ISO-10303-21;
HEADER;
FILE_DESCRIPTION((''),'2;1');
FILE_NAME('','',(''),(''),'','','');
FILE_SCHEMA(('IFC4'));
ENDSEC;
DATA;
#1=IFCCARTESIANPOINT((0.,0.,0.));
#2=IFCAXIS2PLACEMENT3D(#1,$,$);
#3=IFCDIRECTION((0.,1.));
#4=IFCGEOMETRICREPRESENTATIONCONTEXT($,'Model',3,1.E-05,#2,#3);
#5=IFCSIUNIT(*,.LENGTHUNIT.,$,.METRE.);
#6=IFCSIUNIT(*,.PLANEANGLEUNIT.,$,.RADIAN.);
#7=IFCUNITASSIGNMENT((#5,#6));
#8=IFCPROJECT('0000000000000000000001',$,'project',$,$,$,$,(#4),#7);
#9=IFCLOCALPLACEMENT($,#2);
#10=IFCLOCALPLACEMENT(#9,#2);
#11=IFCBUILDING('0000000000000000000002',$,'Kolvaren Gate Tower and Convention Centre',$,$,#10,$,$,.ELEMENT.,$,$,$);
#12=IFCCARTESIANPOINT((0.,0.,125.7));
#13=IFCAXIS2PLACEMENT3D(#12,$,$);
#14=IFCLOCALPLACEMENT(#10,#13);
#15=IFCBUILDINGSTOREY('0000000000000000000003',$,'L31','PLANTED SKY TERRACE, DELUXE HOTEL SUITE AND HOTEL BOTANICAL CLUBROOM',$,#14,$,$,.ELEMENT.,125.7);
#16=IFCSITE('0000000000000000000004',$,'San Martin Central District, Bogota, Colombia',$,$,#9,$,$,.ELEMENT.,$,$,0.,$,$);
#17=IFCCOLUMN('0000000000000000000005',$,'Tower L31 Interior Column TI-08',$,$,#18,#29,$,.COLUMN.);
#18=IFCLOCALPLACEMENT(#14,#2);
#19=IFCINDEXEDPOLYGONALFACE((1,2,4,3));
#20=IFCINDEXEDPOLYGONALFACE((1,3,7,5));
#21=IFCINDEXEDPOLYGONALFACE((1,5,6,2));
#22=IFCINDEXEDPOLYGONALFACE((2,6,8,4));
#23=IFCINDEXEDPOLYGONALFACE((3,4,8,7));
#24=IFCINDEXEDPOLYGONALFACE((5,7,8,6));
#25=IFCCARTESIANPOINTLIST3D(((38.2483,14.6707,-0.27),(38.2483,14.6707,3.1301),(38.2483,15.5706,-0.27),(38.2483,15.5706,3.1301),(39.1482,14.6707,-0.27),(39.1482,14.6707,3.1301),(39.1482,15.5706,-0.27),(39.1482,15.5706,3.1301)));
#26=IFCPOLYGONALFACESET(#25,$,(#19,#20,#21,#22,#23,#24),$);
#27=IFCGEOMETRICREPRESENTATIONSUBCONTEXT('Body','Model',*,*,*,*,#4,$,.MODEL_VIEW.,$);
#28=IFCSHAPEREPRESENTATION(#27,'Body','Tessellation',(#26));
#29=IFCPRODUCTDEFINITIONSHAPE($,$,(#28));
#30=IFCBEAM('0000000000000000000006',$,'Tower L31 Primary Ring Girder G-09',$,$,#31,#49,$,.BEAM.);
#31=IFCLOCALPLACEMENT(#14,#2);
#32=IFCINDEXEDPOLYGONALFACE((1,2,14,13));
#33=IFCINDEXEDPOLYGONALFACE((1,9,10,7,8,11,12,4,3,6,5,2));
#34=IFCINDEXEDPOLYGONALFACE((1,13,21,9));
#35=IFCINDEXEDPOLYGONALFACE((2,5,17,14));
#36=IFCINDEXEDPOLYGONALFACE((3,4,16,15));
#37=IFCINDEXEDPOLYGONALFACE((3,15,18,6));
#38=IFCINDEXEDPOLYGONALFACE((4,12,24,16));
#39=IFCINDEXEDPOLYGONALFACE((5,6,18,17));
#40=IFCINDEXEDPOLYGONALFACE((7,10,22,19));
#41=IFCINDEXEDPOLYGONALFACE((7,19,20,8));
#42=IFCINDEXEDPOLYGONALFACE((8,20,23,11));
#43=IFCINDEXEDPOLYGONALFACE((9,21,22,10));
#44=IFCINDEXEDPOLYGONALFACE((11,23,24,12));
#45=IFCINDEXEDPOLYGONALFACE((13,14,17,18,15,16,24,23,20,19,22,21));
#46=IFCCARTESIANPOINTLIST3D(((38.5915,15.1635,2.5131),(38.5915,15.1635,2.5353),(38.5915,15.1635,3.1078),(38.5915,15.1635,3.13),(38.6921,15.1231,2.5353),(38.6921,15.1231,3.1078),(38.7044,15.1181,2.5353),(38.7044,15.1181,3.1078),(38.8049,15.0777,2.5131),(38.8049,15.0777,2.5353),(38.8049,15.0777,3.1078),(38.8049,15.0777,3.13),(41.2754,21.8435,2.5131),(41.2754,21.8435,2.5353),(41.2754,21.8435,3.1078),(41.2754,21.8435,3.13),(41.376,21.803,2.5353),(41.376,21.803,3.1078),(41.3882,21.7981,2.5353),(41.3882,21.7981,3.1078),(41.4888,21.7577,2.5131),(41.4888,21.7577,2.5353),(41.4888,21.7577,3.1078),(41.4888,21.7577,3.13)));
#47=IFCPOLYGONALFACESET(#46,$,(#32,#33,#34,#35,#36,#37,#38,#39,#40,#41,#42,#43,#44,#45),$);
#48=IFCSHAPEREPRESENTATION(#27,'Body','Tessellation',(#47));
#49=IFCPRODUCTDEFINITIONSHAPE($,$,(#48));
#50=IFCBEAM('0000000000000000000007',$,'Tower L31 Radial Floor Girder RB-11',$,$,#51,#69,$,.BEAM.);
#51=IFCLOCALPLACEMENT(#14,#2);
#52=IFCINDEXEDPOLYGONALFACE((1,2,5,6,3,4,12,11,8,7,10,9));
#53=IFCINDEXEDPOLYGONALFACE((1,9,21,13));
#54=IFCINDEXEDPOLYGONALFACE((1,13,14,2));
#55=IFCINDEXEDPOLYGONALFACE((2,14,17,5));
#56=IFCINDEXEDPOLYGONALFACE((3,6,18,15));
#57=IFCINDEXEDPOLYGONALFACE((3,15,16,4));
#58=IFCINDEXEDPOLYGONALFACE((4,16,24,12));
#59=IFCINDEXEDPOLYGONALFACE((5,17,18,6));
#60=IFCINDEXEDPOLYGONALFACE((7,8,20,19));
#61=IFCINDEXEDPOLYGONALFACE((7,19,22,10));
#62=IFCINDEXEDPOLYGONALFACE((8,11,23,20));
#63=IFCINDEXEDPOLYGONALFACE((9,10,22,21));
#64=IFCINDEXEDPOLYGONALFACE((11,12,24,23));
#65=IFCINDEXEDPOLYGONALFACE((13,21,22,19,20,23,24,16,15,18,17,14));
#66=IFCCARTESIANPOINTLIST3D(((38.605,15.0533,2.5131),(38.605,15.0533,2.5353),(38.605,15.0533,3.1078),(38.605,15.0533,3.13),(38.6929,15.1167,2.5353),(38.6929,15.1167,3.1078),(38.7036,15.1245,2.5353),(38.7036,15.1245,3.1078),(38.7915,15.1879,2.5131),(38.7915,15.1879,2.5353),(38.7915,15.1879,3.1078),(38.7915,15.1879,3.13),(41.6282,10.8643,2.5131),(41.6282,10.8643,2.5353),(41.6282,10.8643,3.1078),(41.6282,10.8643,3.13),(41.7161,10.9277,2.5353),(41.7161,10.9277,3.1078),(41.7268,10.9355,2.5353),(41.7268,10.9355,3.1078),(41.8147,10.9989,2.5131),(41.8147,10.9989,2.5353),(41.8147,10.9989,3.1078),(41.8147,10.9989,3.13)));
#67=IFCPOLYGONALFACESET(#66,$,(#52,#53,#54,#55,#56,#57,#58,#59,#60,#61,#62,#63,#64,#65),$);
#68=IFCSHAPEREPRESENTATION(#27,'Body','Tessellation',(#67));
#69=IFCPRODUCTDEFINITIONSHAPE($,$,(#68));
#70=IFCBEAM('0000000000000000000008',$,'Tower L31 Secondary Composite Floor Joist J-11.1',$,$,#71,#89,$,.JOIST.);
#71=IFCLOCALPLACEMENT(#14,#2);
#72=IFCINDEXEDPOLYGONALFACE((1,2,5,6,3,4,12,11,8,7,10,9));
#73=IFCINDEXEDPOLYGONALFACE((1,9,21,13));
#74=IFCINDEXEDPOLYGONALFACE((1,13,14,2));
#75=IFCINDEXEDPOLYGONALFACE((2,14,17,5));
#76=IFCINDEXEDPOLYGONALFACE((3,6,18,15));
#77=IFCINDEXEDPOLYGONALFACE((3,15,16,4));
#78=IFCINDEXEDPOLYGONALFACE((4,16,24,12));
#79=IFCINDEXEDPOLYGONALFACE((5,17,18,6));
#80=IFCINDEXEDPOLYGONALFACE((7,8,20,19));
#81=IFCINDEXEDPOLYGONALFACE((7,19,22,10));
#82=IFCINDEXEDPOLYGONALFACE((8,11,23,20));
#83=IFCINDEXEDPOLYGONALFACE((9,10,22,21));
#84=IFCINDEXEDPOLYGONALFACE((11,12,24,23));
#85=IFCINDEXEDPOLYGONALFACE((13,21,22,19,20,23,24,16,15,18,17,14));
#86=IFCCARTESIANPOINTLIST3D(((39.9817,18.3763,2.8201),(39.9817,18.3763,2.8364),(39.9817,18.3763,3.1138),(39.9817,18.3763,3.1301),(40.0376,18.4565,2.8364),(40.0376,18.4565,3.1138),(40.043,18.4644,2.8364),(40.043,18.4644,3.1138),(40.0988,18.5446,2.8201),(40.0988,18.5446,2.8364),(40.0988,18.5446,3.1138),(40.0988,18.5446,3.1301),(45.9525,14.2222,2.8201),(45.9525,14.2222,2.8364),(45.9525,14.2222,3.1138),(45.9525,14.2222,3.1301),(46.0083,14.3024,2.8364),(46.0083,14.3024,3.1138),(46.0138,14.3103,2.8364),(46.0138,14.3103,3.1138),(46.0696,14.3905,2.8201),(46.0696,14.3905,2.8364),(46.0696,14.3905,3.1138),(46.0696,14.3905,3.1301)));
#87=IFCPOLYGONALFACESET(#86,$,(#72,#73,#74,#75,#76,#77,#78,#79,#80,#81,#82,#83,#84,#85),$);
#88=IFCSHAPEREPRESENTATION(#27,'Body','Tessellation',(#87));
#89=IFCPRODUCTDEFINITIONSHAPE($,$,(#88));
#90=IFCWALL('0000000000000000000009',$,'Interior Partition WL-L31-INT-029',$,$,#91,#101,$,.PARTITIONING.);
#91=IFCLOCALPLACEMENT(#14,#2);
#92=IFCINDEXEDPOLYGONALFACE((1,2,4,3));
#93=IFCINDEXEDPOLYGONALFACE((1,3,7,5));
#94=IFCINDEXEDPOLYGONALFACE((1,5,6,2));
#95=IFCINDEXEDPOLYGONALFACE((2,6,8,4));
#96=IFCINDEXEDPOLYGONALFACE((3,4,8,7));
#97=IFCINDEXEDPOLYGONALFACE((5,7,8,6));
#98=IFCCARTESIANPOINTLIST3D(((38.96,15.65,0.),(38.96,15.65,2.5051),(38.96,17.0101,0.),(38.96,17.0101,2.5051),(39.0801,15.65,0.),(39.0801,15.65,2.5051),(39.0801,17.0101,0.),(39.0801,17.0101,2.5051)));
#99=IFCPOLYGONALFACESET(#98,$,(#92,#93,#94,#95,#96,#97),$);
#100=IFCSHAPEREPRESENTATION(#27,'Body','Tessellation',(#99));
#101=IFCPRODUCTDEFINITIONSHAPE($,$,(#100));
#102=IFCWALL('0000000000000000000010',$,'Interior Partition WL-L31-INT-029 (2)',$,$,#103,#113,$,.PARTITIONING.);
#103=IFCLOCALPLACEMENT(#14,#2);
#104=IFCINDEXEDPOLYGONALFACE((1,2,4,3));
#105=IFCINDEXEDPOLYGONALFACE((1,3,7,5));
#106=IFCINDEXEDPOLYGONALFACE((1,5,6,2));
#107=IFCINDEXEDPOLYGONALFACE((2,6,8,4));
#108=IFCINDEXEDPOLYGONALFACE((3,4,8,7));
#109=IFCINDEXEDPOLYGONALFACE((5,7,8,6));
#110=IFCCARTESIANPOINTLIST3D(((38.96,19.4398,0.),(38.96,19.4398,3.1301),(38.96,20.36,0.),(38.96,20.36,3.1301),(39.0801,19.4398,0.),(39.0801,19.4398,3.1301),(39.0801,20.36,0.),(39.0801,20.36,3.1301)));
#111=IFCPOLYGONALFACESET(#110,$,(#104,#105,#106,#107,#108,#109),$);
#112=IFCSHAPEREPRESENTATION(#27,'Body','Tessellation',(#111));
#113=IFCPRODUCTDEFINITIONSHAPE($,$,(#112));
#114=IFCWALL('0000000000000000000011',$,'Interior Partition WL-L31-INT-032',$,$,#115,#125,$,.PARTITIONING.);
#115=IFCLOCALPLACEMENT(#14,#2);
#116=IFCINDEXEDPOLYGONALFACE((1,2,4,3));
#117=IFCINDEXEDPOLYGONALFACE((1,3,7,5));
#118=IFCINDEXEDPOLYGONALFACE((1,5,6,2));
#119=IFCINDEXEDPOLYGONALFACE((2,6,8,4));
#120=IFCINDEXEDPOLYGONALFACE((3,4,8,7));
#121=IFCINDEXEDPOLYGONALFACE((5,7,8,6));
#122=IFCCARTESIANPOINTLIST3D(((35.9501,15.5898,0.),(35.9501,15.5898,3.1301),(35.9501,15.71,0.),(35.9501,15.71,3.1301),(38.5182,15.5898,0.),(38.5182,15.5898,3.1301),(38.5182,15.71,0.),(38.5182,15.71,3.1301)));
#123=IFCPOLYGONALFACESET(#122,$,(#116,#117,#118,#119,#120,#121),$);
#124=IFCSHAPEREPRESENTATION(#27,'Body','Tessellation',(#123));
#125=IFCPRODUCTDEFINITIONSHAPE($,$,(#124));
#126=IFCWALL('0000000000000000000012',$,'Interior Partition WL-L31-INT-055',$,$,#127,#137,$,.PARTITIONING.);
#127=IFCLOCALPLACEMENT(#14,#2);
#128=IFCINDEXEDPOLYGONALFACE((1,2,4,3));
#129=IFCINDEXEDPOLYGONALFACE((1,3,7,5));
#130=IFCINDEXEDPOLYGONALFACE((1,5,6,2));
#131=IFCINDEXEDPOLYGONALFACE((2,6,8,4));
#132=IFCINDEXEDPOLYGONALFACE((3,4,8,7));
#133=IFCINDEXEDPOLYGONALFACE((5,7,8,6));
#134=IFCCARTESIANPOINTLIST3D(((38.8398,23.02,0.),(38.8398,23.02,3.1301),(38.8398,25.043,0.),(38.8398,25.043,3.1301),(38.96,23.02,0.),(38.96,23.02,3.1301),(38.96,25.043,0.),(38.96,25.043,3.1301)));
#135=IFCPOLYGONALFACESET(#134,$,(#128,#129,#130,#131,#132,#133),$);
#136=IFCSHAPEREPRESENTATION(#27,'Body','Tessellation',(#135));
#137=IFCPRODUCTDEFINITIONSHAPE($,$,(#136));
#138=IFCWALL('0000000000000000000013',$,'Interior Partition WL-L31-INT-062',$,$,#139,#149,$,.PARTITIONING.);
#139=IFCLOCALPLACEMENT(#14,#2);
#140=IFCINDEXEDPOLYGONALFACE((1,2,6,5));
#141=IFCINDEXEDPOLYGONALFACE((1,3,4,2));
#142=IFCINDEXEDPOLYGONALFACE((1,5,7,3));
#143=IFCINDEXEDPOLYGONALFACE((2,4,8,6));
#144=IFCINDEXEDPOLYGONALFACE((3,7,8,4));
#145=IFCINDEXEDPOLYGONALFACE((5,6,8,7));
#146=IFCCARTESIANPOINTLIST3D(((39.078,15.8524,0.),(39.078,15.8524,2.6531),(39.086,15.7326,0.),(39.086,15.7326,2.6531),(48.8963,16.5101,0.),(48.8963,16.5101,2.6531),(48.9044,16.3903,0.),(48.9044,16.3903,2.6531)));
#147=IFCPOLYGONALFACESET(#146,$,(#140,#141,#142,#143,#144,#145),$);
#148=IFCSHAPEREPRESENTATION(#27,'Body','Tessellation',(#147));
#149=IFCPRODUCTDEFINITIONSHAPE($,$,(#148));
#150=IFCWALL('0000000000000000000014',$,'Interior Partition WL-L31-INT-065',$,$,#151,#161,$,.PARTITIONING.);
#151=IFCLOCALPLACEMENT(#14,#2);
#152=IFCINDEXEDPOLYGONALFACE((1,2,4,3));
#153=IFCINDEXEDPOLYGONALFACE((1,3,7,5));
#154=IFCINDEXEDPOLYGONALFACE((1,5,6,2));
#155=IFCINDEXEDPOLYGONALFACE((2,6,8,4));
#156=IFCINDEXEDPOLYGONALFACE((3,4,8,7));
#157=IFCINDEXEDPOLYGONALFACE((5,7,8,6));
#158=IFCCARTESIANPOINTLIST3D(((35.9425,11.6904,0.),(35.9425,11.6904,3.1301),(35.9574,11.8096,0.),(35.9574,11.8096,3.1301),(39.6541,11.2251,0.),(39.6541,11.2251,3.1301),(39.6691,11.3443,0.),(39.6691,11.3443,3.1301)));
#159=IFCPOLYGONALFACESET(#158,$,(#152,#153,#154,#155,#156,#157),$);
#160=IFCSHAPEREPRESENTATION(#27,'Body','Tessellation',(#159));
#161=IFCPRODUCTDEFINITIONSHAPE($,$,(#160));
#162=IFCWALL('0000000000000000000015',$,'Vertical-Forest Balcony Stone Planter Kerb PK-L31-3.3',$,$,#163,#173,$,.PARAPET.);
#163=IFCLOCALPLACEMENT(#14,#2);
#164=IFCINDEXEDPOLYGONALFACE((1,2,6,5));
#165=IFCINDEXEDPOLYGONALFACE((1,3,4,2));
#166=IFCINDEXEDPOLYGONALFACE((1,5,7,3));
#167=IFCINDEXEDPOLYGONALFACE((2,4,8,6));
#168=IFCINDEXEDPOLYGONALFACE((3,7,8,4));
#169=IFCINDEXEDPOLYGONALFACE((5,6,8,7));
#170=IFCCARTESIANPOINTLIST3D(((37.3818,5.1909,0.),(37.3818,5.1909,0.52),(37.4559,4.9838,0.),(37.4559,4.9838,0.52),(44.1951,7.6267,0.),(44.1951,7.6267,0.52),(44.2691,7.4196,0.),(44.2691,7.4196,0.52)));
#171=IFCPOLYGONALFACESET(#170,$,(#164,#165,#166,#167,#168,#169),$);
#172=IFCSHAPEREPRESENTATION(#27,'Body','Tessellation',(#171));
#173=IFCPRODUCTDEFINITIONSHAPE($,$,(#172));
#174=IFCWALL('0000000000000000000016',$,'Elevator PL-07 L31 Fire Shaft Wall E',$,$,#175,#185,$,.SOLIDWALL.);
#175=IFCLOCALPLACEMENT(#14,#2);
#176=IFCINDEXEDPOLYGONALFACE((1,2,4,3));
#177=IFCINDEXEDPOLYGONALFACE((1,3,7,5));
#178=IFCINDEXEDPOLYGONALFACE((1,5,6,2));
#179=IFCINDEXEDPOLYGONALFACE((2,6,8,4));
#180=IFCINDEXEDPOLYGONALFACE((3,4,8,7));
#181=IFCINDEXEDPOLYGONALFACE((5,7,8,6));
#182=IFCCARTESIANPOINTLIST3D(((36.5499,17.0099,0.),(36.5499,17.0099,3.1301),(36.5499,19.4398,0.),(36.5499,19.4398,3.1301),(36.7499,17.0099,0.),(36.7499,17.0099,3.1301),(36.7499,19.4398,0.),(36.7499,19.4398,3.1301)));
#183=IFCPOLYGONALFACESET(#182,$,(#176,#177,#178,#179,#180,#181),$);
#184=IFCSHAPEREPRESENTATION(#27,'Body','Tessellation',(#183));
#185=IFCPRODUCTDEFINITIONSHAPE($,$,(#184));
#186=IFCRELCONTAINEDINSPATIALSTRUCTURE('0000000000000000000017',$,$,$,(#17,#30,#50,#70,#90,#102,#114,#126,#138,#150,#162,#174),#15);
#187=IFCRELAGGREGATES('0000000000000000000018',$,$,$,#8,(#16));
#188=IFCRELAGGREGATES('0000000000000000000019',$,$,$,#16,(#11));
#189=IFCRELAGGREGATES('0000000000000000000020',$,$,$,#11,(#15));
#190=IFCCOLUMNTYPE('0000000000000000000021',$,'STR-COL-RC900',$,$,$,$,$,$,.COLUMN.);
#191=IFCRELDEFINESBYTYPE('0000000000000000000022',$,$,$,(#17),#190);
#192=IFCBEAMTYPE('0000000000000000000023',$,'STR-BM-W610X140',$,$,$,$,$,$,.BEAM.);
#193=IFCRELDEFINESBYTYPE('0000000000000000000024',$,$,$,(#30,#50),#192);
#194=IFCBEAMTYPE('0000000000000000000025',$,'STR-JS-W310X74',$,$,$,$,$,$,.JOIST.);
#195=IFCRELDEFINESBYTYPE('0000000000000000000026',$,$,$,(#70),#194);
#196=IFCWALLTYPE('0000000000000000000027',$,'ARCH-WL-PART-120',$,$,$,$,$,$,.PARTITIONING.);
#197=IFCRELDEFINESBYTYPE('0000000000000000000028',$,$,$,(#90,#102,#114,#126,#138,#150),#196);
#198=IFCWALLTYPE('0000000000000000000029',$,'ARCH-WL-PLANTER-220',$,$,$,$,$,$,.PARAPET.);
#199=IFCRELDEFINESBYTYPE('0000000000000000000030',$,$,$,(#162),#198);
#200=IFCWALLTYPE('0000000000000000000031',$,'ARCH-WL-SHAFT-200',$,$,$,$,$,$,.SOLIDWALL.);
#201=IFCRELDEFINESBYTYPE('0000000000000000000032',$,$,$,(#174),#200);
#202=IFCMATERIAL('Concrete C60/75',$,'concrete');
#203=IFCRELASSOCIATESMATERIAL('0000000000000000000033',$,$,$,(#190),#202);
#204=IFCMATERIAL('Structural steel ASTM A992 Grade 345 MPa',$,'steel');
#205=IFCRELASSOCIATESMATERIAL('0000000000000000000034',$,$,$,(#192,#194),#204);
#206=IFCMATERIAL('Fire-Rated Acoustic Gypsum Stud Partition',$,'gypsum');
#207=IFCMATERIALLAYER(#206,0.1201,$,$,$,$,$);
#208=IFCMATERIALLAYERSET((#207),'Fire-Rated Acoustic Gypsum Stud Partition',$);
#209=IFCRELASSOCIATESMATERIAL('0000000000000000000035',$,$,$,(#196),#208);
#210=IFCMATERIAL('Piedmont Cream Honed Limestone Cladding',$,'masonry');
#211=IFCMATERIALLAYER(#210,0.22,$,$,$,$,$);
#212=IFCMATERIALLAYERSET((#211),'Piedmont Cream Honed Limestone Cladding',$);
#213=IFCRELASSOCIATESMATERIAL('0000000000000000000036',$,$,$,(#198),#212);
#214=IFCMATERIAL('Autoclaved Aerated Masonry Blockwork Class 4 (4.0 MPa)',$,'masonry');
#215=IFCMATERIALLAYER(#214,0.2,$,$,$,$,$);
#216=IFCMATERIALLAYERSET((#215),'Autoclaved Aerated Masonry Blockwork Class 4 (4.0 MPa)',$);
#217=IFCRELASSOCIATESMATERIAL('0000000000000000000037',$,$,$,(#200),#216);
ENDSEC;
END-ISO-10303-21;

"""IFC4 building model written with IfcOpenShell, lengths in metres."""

from ifc_helpers import new_model, si_unit, direction, frame, frame_2d, origin, origin_2d, place, context, subcontext, project, spatial, rectangle, i_section, extrude, material, layer, layer_set, material_profile, profile_set, type_object, element, save


model = new_model("IFC4")

# Units and contexts
model_context = context("Model", 3, precision=1e-05, world=origin(), true_north=direction((0.0, 1.0)))
body_context = subcontext(model_context, "Body", "Model", "MODEL_VIEW")
ifc_project = project(units=[si_unit("LENGTHUNIT", "METRE"), si_unit("PLANEANGLEUNIT", "RADIAN")], contexts=[model_context])

# Site, building, storey
site_placement = place(None, origin())
site = spatial("IfcSite", under=ifc_project, at=site_placement, Name="San Martin Central District, Bogota, Colombia", CompositionType="ELEMENT", RefElevation=0.0)
building_placement = place(site_placement, origin())
building = spatial("IfcBuilding", under=site, at=building_placement, Name="Kolvaren Gate Tower and Convention Centre", CompositionType="ELEMENT")
storey_placement = place(building_placement, frame((0.0, 0.0, 125.7)))
storey = spatial("IfcBuildingStorey", under=building, at=storey_placement, Name="L31", Description="PLANTED SKY TERRACE, DELUXE HOTEL SUITE AND HOTEL BOTANICAL CLUBROOM", CompositionType="ELEMENT", Elevation=125.7)

# Column
ifc_material_1 = material(Name="Concrete C60/75", Category="concrete")
ifc_material_profile_1 = material_profile(ifc_material_1, rectangle(XDim=0.8999, YDim=0.8999, at=origin_2d()), Name="RC-COL-900X900")
ifc_profile_set_1 = profile_set([ifc_material_profile_1], Name="Concrete C60/75")
column_type = type_object("IfcColumnType", Name="STR-COL-RC900", PredefinedType="COLUMN", material=ifc_profile_set_1)
column_placement = place(storey_placement, frame((38.6982, 15.1206, -0.27), z_axis=(0.0, 0.0, 1.0), x_axis=(1.0, 0.0, 0.0)))
element("IfcColumn", 1, at=column_placement, inside=storey, type_object=column_type, Name="Tower L31 Interior Column TI-08", PredefinedType="COLUMN", context=body_context, shape_type="SweptSolid", body=[
    extrude(rectangle(XDim=0.8999, YDim=0.8999, at=origin_2d()), origin(), (0.0, 0.0, 1.0), 3.4001),
])

# Beams
ifc_material_2 = material(Name="Structural steel ASTM A992 Grade 345 MPa", Category="steel")
ifc_material_profile_2 = material_profile(ifc_material_2, i_section(OverallWidth=0.23, OverallDepth=0.6169, WebThickness=0.0132, FlangeThickness=0.0222, at=origin_2d()), Name="W610X140")
ifc_profile_set_2 = profile_set([ifc_material_profile_2], Name="Structural steel ASTM A992 Grade 345 MPa")
beam_type_1 = type_object("IfcBeamType", Name="STR-BM-W610X140", PredefinedType="BEAM", material=ifc_profile_set_2)
beam_1_placement = place(storey_placement, frame((38.6982, 15.1206, 2.8215), z_axis=(0.372811, 0.927907, 0.0), x_axis=(-0.927907, 0.372811, 0.0)))
element("IfcBeam", 2, at=beam_1_placement, inside=storey, type_object=beam_type_1, Name="Tower L31 Primary Ring Girder G-09", PredefinedType="BEAM", context=body_context, shape_type="SweptSolid", body=[
    extrude(i_section(OverallWidth=0.23, OverallDepth=0.6169, WebThickness=0.0132, FlangeThickness=0.0222, at=origin_2d()), origin(), (0.0, 0.0, 1.0), 7.199),
])
beam_2_placement = place(storey_placement, frame((38.6982, 15.1206, 2.8215), z_axis=(0.585214, -0.810879, 0.0), x_axis=(0.810879, 0.585214, 0.0)))
element("IfcBeam", 3, at=beam_2_placement, inside=storey, type_object=beam_type_1, Name="Tower L31 Radial Floor Girder RB-11", PredefinedType="BEAM", context=body_context, shape_type="SweptSolid", body=[
    extrude(i_section(OverallWidth=0.23, OverallDepth=0.6169, WebThickness=0.0132, FlangeThickness=0.0222, at=origin_2d()), origin(), (0.0, 0.0, 1.0), 5.166),
])
ifc_material_profile_3 = material_profile(ifc_material_2, i_section(OverallWidth=0.2051, OverallDepth=0.3101, WebThickness=0.0095, FlangeThickness=0.0164, at=origin_2d()), Name="W310X74")
ifc_profile_set_3 = profile_set([ifc_material_profile_3], Name="Structural steel ASTM A992 Grade 345 MPa")
beam_type_2 = type_object("IfcBeamType", Name="STR-JS-W310X74", PredefinedType="JOIST", material=ifc_profile_set_3)
beam_3_placement = place(storey_placement, frame((40.0403, 18.4604, 2.9751), z_axis=(0.820872, -0.571113, 0.0), x_axis=(0.571113, 0.820872, 0.0)))
element("IfcBeam", 4, at=beam_3_placement, inside=storey, type_object=beam_type_2, Name="Tower L31 Secondary Composite Floor Joist J-11.1", PredefinedType="JOIST", context=body_context, shape_type="SweptSolid", body=[
    extrude(i_section(OverallWidth=0.2051, OverallDepth=0.3101, WebThickness=0.0095, FlangeThickness=0.0164, at=origin_2d()), origin(), (0.0, 0.0, 1.0), 7.2737),
])

# Walls
ifc_material_3 = material(Name="Fire-Rated Acoustic Gypsum Stud Partition", Category="gypsum")
ifc_layer_1 = layer(ifc_material_3, 0.1201)
ifc_layer_set_1 = layer_set([ifc_layer_1], Name="Fire-Rated Acoustic Gypsum Stud Partition")
wall_type_1 = type_object("IfcWallType", Name="ARCH-WL-PART-120", PredefinedType="PARTITIONING", material=ifc_layer_set_1)
wall_1_placement = place(storey_placement, frame((39.02, 15.6499, 0.0), z_axis=(0.0, 0.0, 1.0), x_axis=(0.0, 1.0, 0.0)))
element("IfcWall", 5, at=wall_1_placement, inside=storey, type_object=wall_type_1, Name="Interior Partition WL-L31-INT-029", PredefinedType="PARTITIONING", context=body_context, shape_type="SweptSolid", body=[
    extrude(rectangle(XDim=1.3601, YDim=0.1201, at=frame_2d((0.6802, 0.0))), origin(), (0.0, 0.0, 1.0), 2.5051),
])
wall_2_placement = place(storey_placement, frame((39.02, 19.4399, 0.0), z_axis=(0.0, 0.0, 1.0), x_axis=(0.0, 1.0, 0.0)))
element("IfcWall", 6, at=wall_2_placement, inside=storey, type_object=wall_type_1, Name="Interior Partition WL-L31-INT-029 (2)", PredefinedType="PARTITIONING", context=body_context, shape_type="SweptSolid", body=[
    extrude(rectangle(XDim=0.9202, YDim=0.1201, at=frame_2d((0.46, 0.0))), origin(), (0.0, 0.0, 1.0), 3.1301),
])
wall_3_placement = place(storey_placement, frame((35.95, 15.6499, 0.0), z_axis=(0.0, 0.0, 1.0), x_axis=(1.0, 0.0, 0.0)))
element("IfcWall", 7, at=wall_3_placement, inside=storey, type_object=wall_type_1, Name="Interior Partition WL-L31-INT-032", PredefinedType="PARTITIONING", context=body_context, shape_type="SweptSolid", body=[
    extrude(rectangle(XDim=2.5681, YDim=0.1201, at=frame_2d((1.2842, 0.0))), origin(), (0.0, 0.0, 1.0), 3.1301),
])
wall_4_placement = place(storey_placement, frame((38.8999, 23.02, 0.0), z_axis=(0.0, 0.0, 1.0), x_axis=(0.0, 1.0, 0.0)))
element("IfcWall", 8, at=wall_4_placement, inside=storey, type_object=wall_type_1, Name="Interior Partition WL-L31-INT-055", PredefinedType="PARTITIONING", context=body_context, shape_type="SweptSolid", body=[
    extrude(rectangle(XDim=2.0229, YDim=0.1201, at=frame_2d((1.0115, 0.0))), origin(), (0.0, 0.0, 1.0), 3.1301),
])
wall_5_placement = place(storey_placement, frame((39.082, 15.7925, 0.0), z_axis=(0.0, 0.0, 1.0), x_axis=(0.997764, 0.066838, 0.0)))
element("IfcWall", 9, at=wall_5_placement, inside=storey, type_object=wall_type_1, Name="Interior Partition WL-L31-INT-062", PredefinedType="PARTITIONING", context=body_context, shape_type="SweptSolid", body=[
    extrude(rectangle(XDim=9.8403, YDim=0.1201, at=frame_2d((4.9202, 0.0))), origin(), (0.0, 0.0, 1.0), 2.6531),
])
wall_6_placement = place(storey_placement, frame((35.95, 11.75, 0.0), z_axis=(0.0, 0.0, 1.0), x_axis=(0.992233, -0.124396, 0.0)))
element("IfcWall", 10, at=wall_6_placement, inside=storey, type_object=wall_type_1, Name="Interior Partition WL-L31-INT-065", PredefinedType="PARTITIONING", context=body_context, shape_type="SweptSolid", body=[
    extrude(rectangle(XDim=3.7407, YDim=0.1201, at=frame_2d((1.8704, 0.0))), origin(), (0.0, 0.0, 1.0), 3.1301),
])
ifc_material_4 = material(Name="Piedmont Cream Honed Limestone Cladding", Category="masonry")
ifc_layer_2 = layer(ifc_material_4, 0.22)
ifc_layer_set_2 = layer_set([ifc_layer_2], Name="Piedmont Cream Honed Limestone Cladding")
wall_type_2 = type_object("IfcWallType", Name="ARCH-WL-PLANTER-220", PredefinedType="PARAPET", material=ifc_layer_set_2)
wall_7_placement = place(storey_placement, frame((37.4189, 5.0874, 0.0), z_axis=(0.0, 0.0, 1.0), x_axis=(0.941633, 0.336642, 0.0)))
element("IfcWall", 11, at=wall_7_placement, inside=storey, type_object=wall_type_2, Name="Vertical-Forest Balcony Stone Planter Kerb PK-L31-3.3", PredefinedType="PARAPET", context=body_context, shape_type="SweptSolid", body=[
    extrude(rectangle(XDim=7.2356, YDim=0.22, at=frame_2d((3.6177, 0.0))), origin(), (0.0, 0.0, 1.0), 0.52),
])
ifc_material_5 = material(Name="Autoclaved Aerated Masonry Blockwork Class 4 (4.0 MPa)", Category="masonry")
ifc_layer_3 = layer(ifc_material_5, 0.2)
ifc_layer_set_3 = layer_set([ifc_layer_3], Name="Autoclaved Aerated Masonry Blockwork Class 4 (4.0 MPa)")
wall_type_3 = type_object("IfcWallType", Name="ARCH-WL-SHAFT-200", PredefinedType="SOLIDWALL", material=ifc_layer_set_3)
wall_8_placement = place(storey_placement, frame((36.6499, 17.01, 0.0), z_axis=(0.0, 0.0, 1.0), x_axis=(0.0, 1.0, 0.0)))
element("IfcWall", 12, at=wall_8_placement, inside=storey, type_object=wall_type_3, Name="Elevator PL-07 L31 Fire Shaft Wall E", PredefinedType="SOLIDWALL", context=body_context, shape_type="SweptSolid", body=[
    extrude(rectangle(XDim=2.4299, YDim=0.2, at=frame_2d((1.2148, 0.0))), origin(), (0.0, 0.0, 1.0), 3.1301),
])

save(model, "model.ifc")
